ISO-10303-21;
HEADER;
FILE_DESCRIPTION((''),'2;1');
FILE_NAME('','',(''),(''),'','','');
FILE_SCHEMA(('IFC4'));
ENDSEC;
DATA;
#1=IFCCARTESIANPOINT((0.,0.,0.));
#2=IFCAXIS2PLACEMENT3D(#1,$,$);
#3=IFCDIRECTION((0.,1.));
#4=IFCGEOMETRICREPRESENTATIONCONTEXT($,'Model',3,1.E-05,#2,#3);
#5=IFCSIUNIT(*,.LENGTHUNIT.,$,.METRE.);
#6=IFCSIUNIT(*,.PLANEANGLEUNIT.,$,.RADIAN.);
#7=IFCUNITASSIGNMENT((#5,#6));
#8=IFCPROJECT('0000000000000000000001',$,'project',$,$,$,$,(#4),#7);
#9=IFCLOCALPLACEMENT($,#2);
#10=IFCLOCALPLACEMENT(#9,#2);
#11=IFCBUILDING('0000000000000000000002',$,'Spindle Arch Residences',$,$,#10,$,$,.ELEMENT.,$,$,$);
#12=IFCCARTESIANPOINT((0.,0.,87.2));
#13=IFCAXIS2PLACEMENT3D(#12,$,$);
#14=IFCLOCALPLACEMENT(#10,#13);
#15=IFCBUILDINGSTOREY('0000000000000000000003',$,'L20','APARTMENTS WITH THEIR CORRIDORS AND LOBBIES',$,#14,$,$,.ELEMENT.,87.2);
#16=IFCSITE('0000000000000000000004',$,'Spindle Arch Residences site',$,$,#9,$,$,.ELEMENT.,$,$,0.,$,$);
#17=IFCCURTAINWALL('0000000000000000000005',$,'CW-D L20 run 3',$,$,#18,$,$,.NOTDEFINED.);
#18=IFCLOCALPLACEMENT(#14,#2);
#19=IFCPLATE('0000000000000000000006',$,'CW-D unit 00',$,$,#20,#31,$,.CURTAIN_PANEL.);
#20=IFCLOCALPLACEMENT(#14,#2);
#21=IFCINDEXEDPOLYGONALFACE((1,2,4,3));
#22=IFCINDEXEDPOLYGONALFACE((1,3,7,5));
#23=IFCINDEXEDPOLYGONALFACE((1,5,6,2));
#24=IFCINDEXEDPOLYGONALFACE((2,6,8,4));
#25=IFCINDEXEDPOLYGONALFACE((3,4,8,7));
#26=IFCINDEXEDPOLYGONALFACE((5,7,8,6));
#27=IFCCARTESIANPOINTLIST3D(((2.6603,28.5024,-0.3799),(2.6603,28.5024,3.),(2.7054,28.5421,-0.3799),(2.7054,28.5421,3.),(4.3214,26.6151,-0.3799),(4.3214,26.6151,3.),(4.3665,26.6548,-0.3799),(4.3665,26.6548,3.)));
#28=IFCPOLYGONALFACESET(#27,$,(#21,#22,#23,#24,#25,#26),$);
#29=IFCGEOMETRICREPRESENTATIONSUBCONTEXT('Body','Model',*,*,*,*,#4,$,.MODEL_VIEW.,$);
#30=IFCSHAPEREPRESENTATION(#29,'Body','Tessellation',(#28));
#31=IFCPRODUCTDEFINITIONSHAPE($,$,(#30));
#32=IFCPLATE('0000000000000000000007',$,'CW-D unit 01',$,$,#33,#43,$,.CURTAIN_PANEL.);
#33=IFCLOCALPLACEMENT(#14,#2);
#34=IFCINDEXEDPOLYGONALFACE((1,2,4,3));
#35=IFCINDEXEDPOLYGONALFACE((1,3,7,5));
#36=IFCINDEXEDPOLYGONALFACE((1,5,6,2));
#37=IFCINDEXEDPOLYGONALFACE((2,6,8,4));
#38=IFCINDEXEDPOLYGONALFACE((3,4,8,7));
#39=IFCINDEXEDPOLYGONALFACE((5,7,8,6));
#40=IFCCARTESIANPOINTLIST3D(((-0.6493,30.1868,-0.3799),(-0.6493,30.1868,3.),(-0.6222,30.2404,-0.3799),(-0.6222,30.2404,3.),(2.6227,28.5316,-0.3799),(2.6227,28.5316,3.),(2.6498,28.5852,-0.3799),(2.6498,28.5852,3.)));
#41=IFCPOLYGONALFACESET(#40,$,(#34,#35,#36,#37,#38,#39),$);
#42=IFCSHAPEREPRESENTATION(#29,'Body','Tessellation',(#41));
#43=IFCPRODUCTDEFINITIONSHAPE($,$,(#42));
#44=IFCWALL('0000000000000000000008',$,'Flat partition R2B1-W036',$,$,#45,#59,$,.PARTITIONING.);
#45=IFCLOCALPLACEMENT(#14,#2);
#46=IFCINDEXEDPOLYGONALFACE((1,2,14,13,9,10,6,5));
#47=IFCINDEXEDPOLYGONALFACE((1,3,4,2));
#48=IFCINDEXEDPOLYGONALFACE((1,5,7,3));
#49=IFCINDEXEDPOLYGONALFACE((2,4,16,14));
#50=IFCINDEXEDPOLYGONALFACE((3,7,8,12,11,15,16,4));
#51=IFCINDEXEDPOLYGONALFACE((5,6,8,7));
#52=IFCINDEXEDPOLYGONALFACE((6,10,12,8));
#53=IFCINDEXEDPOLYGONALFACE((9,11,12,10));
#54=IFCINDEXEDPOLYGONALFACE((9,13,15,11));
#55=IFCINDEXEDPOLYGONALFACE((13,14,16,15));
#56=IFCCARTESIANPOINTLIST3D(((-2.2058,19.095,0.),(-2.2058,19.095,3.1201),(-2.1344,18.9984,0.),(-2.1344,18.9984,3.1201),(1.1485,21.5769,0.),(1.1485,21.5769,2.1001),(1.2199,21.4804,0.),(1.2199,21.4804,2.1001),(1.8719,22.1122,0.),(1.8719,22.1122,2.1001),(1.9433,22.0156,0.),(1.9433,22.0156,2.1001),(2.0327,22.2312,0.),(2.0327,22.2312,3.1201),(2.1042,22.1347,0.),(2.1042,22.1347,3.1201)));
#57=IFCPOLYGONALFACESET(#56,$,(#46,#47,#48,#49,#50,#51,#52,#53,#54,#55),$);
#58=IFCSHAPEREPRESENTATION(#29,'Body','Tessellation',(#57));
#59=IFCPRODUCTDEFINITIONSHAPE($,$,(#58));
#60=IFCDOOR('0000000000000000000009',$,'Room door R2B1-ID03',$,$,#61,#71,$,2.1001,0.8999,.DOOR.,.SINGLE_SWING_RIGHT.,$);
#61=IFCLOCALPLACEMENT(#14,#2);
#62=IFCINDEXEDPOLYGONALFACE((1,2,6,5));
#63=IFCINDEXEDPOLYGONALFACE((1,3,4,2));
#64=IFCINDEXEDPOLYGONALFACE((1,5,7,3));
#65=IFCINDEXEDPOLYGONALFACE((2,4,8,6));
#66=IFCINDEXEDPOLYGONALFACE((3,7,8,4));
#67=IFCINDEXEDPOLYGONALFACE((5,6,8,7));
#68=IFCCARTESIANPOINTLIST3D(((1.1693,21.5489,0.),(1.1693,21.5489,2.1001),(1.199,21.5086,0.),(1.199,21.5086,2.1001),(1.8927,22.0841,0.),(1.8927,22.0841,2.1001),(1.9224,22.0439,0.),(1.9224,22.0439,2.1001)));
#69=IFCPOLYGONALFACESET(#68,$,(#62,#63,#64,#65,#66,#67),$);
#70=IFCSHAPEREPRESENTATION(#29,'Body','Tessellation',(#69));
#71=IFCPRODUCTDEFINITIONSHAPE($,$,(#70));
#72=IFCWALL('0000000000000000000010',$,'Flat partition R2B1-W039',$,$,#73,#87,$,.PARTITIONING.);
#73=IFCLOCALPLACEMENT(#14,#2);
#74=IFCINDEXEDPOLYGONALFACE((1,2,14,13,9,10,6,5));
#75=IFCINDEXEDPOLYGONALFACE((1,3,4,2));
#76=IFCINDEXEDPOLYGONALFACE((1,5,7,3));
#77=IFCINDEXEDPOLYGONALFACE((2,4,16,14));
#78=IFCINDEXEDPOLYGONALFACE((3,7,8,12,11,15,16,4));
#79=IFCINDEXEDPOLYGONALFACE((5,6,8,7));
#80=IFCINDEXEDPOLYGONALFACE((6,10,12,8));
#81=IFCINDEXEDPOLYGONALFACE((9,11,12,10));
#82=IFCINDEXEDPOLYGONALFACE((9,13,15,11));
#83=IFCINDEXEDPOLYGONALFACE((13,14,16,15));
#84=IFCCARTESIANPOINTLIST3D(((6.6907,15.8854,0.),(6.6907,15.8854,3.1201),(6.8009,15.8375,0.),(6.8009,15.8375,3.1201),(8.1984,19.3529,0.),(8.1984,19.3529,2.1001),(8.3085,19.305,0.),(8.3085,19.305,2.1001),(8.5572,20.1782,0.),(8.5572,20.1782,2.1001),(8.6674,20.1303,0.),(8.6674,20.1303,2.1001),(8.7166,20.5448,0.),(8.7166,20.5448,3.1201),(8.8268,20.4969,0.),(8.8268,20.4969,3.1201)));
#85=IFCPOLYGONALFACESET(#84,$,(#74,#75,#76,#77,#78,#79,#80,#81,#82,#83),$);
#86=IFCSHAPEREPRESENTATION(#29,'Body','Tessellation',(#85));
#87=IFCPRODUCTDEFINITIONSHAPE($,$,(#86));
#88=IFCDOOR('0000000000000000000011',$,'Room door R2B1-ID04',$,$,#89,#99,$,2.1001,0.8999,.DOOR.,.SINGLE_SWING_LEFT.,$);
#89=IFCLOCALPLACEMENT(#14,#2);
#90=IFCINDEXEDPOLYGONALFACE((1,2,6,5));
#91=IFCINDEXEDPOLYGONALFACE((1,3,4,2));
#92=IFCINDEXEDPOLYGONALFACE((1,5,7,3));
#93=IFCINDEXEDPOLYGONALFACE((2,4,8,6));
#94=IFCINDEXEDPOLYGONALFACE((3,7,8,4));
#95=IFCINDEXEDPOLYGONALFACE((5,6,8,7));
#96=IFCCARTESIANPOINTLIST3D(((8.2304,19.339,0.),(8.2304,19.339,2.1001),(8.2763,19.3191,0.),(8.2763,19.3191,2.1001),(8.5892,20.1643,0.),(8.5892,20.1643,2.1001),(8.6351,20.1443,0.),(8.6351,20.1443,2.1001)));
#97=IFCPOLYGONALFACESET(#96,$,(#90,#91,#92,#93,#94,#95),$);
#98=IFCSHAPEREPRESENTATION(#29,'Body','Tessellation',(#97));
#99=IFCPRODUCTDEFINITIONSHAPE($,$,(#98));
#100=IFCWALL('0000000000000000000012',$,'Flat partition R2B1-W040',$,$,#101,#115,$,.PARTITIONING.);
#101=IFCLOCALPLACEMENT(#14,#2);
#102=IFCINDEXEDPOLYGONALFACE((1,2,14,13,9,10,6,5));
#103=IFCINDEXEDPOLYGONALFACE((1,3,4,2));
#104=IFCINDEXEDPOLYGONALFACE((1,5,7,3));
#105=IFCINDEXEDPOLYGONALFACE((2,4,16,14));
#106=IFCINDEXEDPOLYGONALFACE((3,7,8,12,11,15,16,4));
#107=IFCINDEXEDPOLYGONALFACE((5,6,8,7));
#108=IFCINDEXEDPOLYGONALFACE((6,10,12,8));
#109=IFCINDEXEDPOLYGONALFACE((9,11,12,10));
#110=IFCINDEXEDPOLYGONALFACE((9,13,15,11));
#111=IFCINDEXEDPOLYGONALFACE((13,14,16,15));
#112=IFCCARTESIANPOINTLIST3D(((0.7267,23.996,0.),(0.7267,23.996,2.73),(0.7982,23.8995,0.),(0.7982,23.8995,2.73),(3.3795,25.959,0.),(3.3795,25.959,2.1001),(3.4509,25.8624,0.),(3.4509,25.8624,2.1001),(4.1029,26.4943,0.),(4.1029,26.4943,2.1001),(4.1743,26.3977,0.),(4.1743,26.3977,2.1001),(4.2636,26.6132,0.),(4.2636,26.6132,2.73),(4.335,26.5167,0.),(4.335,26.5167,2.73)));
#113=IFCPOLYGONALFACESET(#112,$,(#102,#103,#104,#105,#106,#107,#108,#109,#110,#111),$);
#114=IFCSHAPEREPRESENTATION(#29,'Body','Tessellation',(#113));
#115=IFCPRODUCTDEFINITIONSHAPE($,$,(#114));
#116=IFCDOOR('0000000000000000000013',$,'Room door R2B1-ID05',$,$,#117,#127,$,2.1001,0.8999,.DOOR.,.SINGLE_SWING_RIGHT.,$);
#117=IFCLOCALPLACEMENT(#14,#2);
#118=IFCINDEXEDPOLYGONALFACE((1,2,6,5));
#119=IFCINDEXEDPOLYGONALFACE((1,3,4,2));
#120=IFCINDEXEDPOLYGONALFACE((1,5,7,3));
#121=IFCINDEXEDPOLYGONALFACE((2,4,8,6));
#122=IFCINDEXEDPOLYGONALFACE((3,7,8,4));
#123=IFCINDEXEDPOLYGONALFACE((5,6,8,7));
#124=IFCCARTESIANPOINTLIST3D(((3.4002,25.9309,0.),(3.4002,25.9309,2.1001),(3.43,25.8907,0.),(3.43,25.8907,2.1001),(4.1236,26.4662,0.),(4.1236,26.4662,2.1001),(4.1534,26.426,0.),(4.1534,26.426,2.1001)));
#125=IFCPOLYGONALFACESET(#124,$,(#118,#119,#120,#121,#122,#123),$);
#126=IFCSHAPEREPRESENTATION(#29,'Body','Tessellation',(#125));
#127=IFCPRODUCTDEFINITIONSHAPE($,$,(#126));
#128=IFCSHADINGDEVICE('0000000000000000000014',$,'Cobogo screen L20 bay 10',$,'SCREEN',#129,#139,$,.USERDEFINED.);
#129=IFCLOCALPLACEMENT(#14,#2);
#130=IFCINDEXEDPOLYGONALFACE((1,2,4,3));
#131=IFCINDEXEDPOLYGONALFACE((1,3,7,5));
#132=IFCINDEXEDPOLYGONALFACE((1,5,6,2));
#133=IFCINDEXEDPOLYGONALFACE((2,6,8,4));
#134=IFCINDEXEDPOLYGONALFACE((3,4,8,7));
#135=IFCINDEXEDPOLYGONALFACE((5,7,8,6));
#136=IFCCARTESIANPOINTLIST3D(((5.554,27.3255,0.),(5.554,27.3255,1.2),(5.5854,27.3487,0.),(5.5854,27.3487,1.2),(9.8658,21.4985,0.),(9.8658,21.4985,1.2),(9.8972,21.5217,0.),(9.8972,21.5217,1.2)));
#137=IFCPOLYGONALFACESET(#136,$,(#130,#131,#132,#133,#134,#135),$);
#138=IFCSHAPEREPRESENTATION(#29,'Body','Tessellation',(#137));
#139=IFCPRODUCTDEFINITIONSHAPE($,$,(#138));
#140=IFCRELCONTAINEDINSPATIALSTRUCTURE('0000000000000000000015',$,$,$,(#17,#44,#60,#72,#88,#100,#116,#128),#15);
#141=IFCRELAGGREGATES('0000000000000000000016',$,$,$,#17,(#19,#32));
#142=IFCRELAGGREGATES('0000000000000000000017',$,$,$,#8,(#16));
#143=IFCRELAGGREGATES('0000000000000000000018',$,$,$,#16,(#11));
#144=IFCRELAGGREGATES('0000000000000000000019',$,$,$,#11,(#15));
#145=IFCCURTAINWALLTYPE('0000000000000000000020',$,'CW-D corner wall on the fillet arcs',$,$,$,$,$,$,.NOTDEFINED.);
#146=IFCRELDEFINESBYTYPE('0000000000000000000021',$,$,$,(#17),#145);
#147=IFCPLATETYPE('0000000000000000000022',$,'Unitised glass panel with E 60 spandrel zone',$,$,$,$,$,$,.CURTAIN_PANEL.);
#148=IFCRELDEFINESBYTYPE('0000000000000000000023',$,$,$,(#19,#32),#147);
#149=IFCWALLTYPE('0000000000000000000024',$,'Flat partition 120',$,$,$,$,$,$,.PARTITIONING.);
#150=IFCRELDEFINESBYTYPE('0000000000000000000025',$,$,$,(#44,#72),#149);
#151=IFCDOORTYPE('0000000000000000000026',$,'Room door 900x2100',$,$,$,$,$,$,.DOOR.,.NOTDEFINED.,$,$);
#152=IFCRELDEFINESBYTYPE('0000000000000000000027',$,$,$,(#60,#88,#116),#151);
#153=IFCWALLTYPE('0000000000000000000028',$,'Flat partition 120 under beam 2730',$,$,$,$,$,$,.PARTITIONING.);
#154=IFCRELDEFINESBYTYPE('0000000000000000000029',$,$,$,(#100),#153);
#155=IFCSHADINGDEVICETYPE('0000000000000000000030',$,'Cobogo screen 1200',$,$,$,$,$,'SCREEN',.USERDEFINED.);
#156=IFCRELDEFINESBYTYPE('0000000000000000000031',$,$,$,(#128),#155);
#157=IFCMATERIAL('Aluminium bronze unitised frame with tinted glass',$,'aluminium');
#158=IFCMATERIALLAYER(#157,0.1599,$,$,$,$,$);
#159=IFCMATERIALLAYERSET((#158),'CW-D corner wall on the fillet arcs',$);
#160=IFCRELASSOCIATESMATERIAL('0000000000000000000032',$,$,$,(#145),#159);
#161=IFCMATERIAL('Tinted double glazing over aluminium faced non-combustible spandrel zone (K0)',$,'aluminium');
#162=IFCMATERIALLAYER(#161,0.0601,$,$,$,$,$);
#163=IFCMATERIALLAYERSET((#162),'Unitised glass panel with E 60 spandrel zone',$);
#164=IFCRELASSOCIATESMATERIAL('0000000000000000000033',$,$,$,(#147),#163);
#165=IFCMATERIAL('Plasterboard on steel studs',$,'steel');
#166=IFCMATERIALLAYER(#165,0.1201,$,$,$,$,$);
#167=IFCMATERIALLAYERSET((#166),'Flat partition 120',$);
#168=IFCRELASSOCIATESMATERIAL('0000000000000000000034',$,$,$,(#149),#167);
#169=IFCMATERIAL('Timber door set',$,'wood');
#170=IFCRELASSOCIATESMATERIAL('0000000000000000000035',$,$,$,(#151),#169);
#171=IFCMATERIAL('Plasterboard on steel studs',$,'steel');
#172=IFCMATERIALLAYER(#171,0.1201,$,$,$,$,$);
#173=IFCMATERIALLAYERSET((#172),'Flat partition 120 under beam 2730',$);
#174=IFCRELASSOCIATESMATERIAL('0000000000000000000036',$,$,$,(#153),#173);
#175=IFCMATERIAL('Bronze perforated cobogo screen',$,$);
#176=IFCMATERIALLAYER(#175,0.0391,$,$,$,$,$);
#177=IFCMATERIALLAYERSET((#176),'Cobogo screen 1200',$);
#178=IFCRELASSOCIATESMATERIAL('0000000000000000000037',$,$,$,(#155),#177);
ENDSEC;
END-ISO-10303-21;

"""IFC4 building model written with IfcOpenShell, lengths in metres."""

from ifc_helpers import new_model, si_unit, direction, frame, frame_2d, origin, origin_2d, place, context, subcontext, project, spatial, rectangle, extrude, material, layer, layer_set, type_object, element, fill, aggregate, save


model = new_model("IFC4")

# Units and contexts
model_context = context("Model", 3, precision=1e-05, world=origin(), true_north=direction((0.0, 1.0)))
body_context = subcontext(model_context, "Body", "Model", "MODEL_VIEW")
ifc_project = project(units=[si_unit("LENGTHUNIT", "METRE"), si_unit("PLANEANGLEUNIT", "RADIAN")], contexts=[model_context])

# Site, building, storey
site_placement = place(None, origin())
site = spatial("IfcSite", under=ifc_project, at=site_placement, Name="Spindle Arch Residences site", CompositionType="ELEMENT", RefElevation=0.0)
building_placement = place(site_placement, origin())
building = spatial("IfcBuilding", under=site, at=building_placement, Name="Spindle Arch Residences", CompositionType="ELEMENT")
storey_placement = place(building_placement, frame((0.0, 0.0, 87.2)))
storey = spatial("IfcBuildingStorey", under=building, at=storey_placement, Name="L20", Description="APARTMENTS WITH THEIR CORRIDORS AND LOBBIES", CompositionType="ELEMENT", Elevation=87.2)

# Curtain wall
ifc_material_1 = material(Name="Aluminium bronze unitised frame with tinted glass", Category="aluminium")
ifc_layer_1 = layer(ifc_material_1, 0.1599)
ifc_layer_set_1 = layer_set([ifc_layer_1], Name="CW-D corner wall on the fillet arcs")
curtain_wall_type_1 = type_object("IfcCurtainWallType", Name="CW-D corner wall on the fillet arcs", PredefinedType="NOTDEFINED", material=ifc_layer_set_1)
curtain_wall_1_placement = place(storey_placement, origin())
curtain_wall_1 = element("IfcCurtainWall", 1, at=curtain_wall_1_placement, inside=storey, type_object=curtain_wall_type_1, Name="CW-D L20 run 3", PredefinedType="NOTDEFINED")

# Plates
ifc_material_2 = material(Name="Tinted double glazing over aluminium faced non-combustible spandrel zone (K0)", Category="aluminium")
ifc_layer_2 = layer(ifc_material_2, 0.0601)
ifc_layer_set_2 = layer_set([ifc_layer_2], Name="Unitised glass panel with E 60 spandrel zone")
plate_type = type_object("IfcPlateType", Name="Unitised glass panel with E 60 spandrel zone", PredefinedType="CURTAIN_PANEL", material=ifc_layer_set_2)
plate_1_placement = place(storey_placement, frame((3.5134, 27.5786, -0.3799), z_axis=(0.0, 0.0, 1.0), x_axis=(-0.660704, 0.750647, 0.0)))
plate_1 = element("IfcPlate", 2, at=plate_1_placement, type_object=plate_type, Name="CW-D unit 00", PredefinedType="CURTAIN_PANEL", context=body_context, shape_type="SweptSolid", body=[
    extrude(rectangle(XDim=2.5142, YDim=0.0601, at=origin_2d()), origin(), (0.0, 0.0, 1.0), 3.3799),
])
plate_2_placement = place(storey_placement, frame((1.0002, 29.386, -0.3799), z_axis=(0.0, 0.0, 1.0), x_axis=(-0.892323, 0.451397, 0.0)))
plate_2 = element("IfcPlate", 3, at=plate_2_placement, type_object=plate_type, Name="CW-D unit 01", PredefinedType="CURTAIN_PANEL", context=body_context, shape_type="SweptSolid", body=[
    extrude(rectangle(XDim=3.6667, YDim=0.0601, at=origin_2d()), origin(), (0.0, 0.0, 1.0), 3.3799),
])
aggregate(curtain_wall_1, [plate_1, plate_2])

# Walls, openings, doors
ifc_material_3 = material(Name="Plasterboard on steel studs", Category="steel")
ifc_layer_3 = layer(ifc_material_3, 0.1201)
ifc_layer_set_3 = layer_set([ifc_layer_3], Name="Flat partition 120")
wall_type_1 = type_object("IfcWallType", Name="Flat partition 120", PredefinedType="PARTITIONING", material=ifc_layer_set_3)
wall_1_placement = place(storey_placement, frame((2.0684, 22.1829, 0.0), z_axis=(0.0, 0.0, 1.0), x_axis=(-0.803867, -0.594809, 0.0)))
wall_1 = element("IfcWall", 4, at=wall_1_placement, inside=storey, type_object=wall_type_1, Name="Flat partition R2B1-W036", PredefinedType="PARTITIONING", context=body_context, shape_type="SweptSolid", body=[
    extrude(rectangle(XDim=5.2727, YDim=0.1201, at=frame_2d((2.6362, 0.0))), origin(), (0.0, 0.0, 1.0), 3.1201),
])
opening_1_placement = place(wall_1_placement, frame((0.2, 0.0, 0.0)))
opening_1 = element("IfcOpeningElement", 5, at=opening_1_placement, cuts=wall_1, PredefinedType="OPENING", context=body_context, shape_type="SweptSolid", body=[
    extrude(rectangle(XDim=0.8999, YDim=2.1001, at=frame_2d((0.45, 1.05))), frame((0.0, 0.0701, 0.0), z_axis=(0.0, -1.0, 0.0), x_axis=(1.0, 0.0, 0.0)), (0.0, 0.0, 1.0), 0.1401),
])
ifc_material_4 = material(Name="Timber door set", Category="wood")
door_type_1 = type_object("IfcDoorType", Name="Room door 900x2100", OperationType="NOTDEFINED", PredefinedType="DOOR", material=ifc_material_4)
door_1_placement = place(opening_1_placement, origin())
door_1 = element("IfcDoor", 6, at=door_1_placement, inside=storey, type_object=door_type_1, Name="Room door R2B1-ID03", OperationType="SINGLE_SWING_RIGHT", OverallHeight=2.1001, OverallWidth=0.8999, PredefinedType="DOOR", context=body_context, shape_type="SweptSolid", body=[
    extrude(rectangle(XDim=0.8999, YDim=2.1001, at=frame_2d((0.45, 1.05))), frame((0.0, 0.0249, 0.0), z_axis=(0.0, -1.0, 0.0), x_axis=(1.0, 0.0, 0.0)), (0.0, 0.0, 1.0), 0.05),
])
fill(opening_1, door_1)
wall_2_placement = place(storey_placement, frame((8.7717, 20.521, 0.0), z_axis=(0.0, 0.0, 1.0), x_axis=(-0.398733, -0.917067, 0.0)))
wall_2 = element("IfcWall", 7, at=wall_2_placement, inside=storey, type_object=wall_type_1, Name="Flat partition R2B1-W039", PredefinedType="PARTITIONING", context=body_context, shape_type="SweptSolid", body=[
    extrude(rectangle(XDim=5.0808, YDim=0.1201, at=frame_2d((2.5405, 0.0))), origin(), (0.0, 0.0, 1.0), 3.1201),
])
opening_2_placement = place(wall_2_placement, frame((0.3999, 0.0, 0.0)))
opening_2 = element("IfcOpeningElement", 8, at=opening_2_placement, cuts=wall_2, PredefinedType="OPENING", context=body_context, shape_type="SweptSolid", body=[
    extrude(rectangle(XDim=0.8999, YDim=2.1001, at=frame_2d((0.45, 1.05))), frame((0.0, 0.0701, 0.0), z_axis=(0.0, -1.0, 0.0), x_axis=(1.0, 0.0, 0.0)), (0.0, 0.0, 1.0), 0.1401),
])
door_2_placement = place(opening_2_placement, origin())
door_2 = element("IfcDoor", 9, at=door_2_placement, inside=storey, type_object=door_type_1, Name="Room door R2B1-ID04", OperationType="SINGLE_SWING_LEFT", OverallHeight=2.1001, OverallWidth=0.8999, PredefinedType="DOOR", context=body_context, shape_type="SweptSolid", body=[
    extrude(rectangle(XDim=0.8999, YDim=2.1001, at=frame_2d((0.45, 1.05))), frame((0.0, 0.0249, 0.0), z_axis=(0.0, -1.0, 0.0), x_axis=(1.0, 0.0, 0.0)), (0.0, 0.0, 1.0), 0.05),
])
fill(opening_2, door_2)
ifc_material_5 = material(Name="Plasterboard on steel studs", Category="steel")
ifc_layer_4 = layer(ifc_material_5, 0.1201)
ifc_layer_set_4 = layer_set([ifc_layer_4], Name="Flat partition 120 under beam 2730")
wall_type_2 = type_object("IfcWallType", Name="Flat partition 120 under beam 2730", PredefinedType="PARTITIONING", material=ifc_layer_set_4)
wall_3_placement = place(storey_placement, frame((4.2993, 26.5649, 0.0), z_axis=(0.0, 0.0, 1.0), x_axis=(-0.803852, -0.594829, 0.0)))
wall_3 = element("IfcWall", 10, at=wall_3_placement, inside=storey, type_object=wall_type_2, Name="Flat partition R2B1-W040", PredefinedType="PARTITIONING", context=body_context, shape_type="SweptSolid", body=[
    extrude(rectangle(XDim=4.3999, YDim=0.1201, at=frame_2d((2.2, 0.0))), origin(), (0.0, 0.0, 1.0), 2.73),
])
opening_3_placement = place(wall_3_placement, frame((0.2, 0.0, 0.0)))
opening_3 = element("IfcOpeningElement", 11, at=opening_3_placement, cuts=wall_3, PredefinedType="OPENING", context=body_context, shape_type="SweptSolid", body=[
    extrude(rectangle(XDim=0.8999, YDim=2.1001, at=frame_2d((0.45, 1.05))), frame((0.0, 0.0701, 0.0), z_axis=(0.0, -1.0, 0.0), x_axis=(1.0, 0.0, 0.0)), (0.0, 0.0, 1.0), 0.1401),
])
door_3_placement = place(opening_3_placement, origin())
door_3 = element("IfcDoor", 12, at=door_3_placement, inside=storey, type_object=door_type_1, Name="Room door R2B1-ID05", OperationType="SINGLE_SWING_RIGHT", OverallHeight=2.1001, OverallWidth=0.8999, PredefinedType="DOOR", context=body_context, shape_type="SweptSolid", body=[
    extrude(rectangle(XDim=0.8999, YDim=2.1001, at=frame_2d((0.45, 1.05))), frame((0.0, 0.0249, 0.0), z_axis=(0.0, -1.0, 0.0), x_axis=(1.0, 0.0, 0.0)), (0.0, 0.0, 1.0), 0.05),
])
fill(opening_3, door_3)

# Shading device
ifc_material_6 = material(Name="Bronze perforated cobogo screen")
ifc_layer_5 = layer(ifc_material_6, 0.0391)
ifc_layer_set_5 = layer_set([ifc_layer_5], Name="Cobogo screen 1200")
shading_device_type = type_object("IfcShadingDeviceType", Name="Cobogo screen 1200", ElementType="SCREEN", PredefinedType="USERDEFINED", material=ifc_layer_set_5)
shading_device_placement = place(storey_placement, frame((7.7256, 24.4236, 0.0), z_axis=(0.0, 0.0, 1.0), x_axis=(-0.594823, 0.803857, 0.0)))
element("IfcShadingDevice", 13, at=shading_device_placement, inside=storey, type_object=shading_device_type, Name="Cobogo screen L20 bay 10", ObjectType="SCREEN", PredefinedType="USERDEFINED", context=body_context, shape_type="SweptSolid", body=[
    extrude(rectangle(XDim=7.2488, YDim=0.0391, at=origin_2d()), origin(), (0.0, 0.0, 1.0), 1.2),
])

save(model, "model.ifc")
